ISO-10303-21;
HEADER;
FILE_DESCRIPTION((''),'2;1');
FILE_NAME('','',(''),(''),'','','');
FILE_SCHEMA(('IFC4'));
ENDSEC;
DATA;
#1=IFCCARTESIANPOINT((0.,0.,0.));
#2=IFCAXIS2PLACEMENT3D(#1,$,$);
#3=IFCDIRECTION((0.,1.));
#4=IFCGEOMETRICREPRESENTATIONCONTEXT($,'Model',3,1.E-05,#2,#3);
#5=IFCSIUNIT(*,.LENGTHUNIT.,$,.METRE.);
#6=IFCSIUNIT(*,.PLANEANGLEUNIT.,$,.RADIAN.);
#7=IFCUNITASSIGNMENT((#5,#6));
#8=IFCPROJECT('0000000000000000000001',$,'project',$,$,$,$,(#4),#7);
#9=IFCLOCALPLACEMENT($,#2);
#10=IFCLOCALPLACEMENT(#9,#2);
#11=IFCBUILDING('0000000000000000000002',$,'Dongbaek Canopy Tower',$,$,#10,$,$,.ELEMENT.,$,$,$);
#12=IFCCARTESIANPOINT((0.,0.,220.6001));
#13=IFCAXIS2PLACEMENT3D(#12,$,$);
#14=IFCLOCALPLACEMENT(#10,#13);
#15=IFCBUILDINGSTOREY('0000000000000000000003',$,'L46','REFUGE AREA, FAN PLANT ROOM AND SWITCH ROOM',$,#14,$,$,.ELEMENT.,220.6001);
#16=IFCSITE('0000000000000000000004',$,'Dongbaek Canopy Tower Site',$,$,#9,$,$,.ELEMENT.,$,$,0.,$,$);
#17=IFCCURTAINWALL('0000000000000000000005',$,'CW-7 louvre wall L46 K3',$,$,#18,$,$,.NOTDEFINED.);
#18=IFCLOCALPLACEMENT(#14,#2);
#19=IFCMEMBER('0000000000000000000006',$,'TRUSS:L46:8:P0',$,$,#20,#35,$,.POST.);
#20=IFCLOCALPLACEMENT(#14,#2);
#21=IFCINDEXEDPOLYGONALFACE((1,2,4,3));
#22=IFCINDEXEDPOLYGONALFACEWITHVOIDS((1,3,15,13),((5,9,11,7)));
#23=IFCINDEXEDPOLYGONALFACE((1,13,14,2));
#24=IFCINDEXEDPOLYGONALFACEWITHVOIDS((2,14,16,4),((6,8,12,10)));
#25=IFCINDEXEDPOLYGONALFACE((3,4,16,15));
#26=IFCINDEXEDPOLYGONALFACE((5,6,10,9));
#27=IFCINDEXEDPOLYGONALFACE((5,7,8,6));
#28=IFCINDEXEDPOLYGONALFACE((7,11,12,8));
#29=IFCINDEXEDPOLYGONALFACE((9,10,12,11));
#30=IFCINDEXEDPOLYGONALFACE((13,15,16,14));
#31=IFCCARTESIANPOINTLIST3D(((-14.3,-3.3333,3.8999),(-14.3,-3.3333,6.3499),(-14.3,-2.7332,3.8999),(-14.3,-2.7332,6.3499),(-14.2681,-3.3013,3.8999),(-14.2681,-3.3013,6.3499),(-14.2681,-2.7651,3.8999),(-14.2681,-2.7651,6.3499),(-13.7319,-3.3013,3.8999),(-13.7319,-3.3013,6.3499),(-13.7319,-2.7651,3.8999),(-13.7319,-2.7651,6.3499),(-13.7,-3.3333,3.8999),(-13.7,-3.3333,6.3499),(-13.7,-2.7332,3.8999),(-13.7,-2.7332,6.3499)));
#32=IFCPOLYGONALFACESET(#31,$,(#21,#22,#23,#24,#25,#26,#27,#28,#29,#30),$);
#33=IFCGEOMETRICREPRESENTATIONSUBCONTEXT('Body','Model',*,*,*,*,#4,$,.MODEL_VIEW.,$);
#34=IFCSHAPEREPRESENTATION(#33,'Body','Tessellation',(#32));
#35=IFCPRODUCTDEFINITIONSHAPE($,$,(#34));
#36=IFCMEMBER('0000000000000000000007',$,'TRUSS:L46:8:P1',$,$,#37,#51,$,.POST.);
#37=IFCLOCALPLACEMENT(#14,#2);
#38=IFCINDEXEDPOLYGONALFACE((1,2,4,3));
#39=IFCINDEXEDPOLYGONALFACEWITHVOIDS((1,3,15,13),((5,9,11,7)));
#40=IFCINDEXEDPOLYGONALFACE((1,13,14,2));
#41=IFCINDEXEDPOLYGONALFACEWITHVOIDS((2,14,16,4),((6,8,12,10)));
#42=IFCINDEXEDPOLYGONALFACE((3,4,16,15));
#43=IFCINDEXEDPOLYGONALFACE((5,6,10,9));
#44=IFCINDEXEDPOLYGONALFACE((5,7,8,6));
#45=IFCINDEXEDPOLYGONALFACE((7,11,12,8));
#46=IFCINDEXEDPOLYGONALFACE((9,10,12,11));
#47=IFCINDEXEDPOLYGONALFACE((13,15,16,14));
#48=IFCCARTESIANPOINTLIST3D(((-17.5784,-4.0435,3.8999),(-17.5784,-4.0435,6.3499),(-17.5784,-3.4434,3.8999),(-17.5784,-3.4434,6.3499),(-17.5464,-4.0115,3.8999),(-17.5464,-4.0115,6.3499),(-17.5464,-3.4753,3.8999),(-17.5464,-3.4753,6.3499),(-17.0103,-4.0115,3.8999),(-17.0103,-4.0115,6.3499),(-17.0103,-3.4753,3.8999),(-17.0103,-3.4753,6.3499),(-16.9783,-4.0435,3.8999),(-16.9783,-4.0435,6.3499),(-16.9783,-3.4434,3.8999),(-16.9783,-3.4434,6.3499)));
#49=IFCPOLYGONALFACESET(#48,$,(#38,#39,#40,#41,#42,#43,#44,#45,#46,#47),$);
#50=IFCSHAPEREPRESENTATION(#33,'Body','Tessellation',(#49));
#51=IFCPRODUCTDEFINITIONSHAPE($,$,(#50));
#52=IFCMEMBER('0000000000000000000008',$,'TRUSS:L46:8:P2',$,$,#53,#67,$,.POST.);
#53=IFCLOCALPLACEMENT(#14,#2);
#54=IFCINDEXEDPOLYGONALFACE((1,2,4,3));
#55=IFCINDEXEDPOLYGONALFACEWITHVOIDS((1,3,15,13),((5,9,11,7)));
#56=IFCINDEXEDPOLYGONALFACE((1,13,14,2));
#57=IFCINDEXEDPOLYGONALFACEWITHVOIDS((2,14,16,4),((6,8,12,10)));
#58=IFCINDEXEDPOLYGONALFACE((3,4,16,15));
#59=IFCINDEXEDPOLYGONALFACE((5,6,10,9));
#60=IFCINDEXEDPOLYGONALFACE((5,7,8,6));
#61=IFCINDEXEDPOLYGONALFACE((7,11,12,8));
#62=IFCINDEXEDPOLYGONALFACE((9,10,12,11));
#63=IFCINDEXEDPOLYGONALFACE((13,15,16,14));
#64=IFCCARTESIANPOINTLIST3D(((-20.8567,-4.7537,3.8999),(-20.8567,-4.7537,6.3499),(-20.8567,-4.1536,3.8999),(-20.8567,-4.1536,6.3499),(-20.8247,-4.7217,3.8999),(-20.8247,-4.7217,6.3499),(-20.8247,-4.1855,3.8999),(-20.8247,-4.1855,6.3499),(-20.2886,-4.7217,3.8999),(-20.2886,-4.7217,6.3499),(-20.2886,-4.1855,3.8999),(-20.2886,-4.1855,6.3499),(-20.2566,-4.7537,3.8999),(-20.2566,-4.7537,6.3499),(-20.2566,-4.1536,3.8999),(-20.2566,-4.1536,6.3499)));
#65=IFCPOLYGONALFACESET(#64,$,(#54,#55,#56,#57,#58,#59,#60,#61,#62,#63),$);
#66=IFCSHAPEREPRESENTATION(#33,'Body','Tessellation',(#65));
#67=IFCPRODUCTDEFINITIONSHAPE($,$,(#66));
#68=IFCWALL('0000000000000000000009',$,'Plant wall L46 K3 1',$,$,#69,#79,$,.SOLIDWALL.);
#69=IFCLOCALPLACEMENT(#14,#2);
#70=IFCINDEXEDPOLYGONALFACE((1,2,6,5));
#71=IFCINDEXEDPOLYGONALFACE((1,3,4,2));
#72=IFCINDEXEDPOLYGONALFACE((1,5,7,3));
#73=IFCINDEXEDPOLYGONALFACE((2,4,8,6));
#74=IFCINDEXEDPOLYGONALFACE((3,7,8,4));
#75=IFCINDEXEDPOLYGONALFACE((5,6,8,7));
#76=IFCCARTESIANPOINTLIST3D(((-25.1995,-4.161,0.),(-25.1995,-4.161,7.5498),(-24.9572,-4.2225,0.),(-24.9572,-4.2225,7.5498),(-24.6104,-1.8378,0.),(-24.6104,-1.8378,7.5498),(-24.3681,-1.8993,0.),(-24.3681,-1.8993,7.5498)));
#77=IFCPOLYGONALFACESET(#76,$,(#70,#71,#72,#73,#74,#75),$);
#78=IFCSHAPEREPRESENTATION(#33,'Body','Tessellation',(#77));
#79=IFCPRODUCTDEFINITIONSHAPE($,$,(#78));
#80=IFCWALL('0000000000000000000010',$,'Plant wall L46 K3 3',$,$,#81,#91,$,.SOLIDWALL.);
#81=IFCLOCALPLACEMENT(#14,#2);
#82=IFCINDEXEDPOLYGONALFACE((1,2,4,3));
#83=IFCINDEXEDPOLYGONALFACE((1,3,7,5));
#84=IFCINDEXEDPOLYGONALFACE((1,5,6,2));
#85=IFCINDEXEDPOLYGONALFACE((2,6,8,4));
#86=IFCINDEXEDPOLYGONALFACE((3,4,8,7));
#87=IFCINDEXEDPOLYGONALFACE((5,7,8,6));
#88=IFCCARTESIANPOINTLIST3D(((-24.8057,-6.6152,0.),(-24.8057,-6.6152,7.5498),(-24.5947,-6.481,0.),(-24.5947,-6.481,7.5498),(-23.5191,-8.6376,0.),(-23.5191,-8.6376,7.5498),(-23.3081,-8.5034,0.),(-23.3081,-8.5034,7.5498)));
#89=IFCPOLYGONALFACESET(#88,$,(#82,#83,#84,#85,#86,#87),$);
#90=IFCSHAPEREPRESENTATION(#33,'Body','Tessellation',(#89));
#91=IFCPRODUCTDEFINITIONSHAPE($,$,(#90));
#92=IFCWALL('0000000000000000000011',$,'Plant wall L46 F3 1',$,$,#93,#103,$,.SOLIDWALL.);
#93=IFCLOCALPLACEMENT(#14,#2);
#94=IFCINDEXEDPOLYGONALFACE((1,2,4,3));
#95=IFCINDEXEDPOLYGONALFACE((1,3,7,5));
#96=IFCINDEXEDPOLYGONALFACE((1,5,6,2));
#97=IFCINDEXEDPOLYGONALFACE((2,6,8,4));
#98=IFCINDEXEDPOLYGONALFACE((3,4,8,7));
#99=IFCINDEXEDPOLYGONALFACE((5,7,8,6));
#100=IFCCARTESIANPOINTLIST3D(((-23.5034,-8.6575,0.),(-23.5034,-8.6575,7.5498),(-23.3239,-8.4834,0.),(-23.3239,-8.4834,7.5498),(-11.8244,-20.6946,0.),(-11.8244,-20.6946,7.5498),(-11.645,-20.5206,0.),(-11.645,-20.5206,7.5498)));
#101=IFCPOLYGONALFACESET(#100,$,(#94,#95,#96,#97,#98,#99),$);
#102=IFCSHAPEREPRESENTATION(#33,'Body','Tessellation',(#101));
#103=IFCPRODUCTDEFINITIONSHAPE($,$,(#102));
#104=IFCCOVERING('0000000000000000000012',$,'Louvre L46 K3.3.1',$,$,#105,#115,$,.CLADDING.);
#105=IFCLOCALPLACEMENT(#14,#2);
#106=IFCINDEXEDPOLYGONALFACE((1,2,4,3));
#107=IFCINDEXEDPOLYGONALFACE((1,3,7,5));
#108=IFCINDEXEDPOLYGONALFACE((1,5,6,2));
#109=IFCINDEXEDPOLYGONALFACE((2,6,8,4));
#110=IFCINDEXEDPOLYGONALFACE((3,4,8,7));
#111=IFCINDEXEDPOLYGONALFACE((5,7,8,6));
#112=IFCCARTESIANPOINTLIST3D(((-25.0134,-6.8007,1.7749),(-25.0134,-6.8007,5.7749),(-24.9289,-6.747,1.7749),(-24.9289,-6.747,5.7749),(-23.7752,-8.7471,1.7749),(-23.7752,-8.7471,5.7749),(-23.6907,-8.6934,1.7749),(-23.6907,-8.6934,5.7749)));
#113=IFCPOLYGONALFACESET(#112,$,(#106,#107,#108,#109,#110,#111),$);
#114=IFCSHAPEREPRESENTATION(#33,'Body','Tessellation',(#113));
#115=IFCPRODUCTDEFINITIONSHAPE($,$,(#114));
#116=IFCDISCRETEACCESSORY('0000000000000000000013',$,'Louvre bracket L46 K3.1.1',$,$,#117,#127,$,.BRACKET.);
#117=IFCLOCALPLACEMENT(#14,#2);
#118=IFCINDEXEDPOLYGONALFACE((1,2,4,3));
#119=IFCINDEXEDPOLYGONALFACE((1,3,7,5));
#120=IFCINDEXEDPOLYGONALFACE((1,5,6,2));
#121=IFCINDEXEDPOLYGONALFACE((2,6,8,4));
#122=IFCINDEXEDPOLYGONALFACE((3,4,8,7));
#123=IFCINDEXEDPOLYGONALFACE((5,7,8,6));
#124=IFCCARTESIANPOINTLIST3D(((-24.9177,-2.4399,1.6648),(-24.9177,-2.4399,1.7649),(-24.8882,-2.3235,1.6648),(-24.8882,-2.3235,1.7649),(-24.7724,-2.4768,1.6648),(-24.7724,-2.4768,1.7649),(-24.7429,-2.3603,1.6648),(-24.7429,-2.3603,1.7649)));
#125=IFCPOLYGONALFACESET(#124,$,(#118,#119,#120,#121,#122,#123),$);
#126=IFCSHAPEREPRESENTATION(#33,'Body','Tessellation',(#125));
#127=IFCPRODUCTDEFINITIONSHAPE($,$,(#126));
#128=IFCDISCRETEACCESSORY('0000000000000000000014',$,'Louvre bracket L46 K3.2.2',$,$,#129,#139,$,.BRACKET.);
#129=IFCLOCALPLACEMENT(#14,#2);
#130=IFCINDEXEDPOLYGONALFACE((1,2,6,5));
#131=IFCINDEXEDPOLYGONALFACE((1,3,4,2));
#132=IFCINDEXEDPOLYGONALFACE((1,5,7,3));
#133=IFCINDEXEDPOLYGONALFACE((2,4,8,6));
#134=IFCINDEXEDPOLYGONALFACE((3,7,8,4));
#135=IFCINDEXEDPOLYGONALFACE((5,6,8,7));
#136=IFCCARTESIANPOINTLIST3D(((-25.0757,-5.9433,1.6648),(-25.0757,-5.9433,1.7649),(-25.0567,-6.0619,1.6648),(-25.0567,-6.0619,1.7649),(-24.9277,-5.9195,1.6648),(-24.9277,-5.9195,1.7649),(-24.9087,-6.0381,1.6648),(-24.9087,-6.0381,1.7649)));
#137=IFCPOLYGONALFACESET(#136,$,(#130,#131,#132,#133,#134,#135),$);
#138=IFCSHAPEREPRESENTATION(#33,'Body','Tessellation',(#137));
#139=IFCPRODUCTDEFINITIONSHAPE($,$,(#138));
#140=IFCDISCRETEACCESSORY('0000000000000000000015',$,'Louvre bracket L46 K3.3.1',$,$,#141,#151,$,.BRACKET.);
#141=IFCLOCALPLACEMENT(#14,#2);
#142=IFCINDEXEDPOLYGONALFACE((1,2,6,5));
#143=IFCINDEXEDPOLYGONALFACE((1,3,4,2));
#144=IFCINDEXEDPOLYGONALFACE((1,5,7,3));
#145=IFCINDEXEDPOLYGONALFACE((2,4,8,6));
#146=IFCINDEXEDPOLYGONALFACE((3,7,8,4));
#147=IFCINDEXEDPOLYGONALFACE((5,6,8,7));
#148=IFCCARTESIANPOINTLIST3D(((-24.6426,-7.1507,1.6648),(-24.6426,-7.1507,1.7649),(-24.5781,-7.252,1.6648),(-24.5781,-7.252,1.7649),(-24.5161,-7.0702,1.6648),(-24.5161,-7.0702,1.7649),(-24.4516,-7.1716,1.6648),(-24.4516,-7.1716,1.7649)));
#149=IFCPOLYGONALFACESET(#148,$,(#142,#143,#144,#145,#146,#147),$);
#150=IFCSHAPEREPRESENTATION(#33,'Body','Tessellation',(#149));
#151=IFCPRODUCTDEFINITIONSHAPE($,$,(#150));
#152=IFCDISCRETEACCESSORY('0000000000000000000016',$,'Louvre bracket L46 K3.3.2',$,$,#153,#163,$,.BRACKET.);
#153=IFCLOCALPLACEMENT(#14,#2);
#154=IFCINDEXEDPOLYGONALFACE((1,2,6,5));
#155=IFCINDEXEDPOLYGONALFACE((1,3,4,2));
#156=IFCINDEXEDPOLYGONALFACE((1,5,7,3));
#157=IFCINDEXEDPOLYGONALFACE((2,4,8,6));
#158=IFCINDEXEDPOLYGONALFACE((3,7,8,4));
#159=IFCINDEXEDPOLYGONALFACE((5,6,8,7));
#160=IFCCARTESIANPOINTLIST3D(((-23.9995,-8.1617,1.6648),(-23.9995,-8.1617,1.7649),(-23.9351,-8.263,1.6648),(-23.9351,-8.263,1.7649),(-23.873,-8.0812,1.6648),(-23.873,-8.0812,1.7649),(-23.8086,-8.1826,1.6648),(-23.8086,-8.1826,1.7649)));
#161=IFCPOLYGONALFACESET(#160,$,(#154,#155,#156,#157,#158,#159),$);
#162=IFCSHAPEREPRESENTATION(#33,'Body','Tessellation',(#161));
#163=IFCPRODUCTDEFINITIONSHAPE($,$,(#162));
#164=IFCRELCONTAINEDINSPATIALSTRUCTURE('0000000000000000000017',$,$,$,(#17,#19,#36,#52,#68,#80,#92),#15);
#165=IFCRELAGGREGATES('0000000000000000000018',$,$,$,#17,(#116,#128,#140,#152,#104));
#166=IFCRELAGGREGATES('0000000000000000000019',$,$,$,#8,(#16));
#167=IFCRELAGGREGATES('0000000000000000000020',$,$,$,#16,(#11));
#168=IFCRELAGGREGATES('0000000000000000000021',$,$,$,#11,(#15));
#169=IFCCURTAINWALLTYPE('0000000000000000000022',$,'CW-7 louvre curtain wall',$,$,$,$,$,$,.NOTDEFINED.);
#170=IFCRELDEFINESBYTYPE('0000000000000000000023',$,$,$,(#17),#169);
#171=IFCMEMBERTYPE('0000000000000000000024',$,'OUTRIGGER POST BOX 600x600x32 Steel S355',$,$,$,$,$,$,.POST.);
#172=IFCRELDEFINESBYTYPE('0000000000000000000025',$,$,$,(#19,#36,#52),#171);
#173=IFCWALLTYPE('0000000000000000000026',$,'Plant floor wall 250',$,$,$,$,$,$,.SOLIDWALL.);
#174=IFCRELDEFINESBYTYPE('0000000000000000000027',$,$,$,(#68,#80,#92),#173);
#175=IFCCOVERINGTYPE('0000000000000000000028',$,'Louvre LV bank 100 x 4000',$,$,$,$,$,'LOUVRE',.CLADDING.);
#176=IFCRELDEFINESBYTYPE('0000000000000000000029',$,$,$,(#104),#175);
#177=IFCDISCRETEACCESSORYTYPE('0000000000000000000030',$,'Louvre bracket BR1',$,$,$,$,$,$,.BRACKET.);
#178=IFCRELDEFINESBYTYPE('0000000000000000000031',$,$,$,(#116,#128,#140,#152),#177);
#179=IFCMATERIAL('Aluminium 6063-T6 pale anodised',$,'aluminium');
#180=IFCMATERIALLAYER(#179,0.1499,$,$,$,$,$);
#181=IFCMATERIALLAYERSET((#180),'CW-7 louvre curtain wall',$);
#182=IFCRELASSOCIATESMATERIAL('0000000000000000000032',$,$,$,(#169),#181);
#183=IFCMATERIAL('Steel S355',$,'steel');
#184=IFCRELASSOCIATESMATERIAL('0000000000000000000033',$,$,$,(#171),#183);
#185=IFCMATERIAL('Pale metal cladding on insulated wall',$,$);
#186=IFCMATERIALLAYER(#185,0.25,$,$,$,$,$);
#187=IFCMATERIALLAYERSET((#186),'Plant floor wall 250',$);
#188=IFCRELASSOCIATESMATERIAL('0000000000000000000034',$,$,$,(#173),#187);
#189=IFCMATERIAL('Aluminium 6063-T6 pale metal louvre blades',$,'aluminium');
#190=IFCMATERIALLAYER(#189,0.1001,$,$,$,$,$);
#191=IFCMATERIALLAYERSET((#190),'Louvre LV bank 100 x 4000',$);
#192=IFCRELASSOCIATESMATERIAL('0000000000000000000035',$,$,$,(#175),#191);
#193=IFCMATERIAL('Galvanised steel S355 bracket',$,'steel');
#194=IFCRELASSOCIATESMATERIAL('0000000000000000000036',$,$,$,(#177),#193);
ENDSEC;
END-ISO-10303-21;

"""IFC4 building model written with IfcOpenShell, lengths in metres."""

from ifc_helpers import new_model, si_unit, direction, frame, frame_2d, origin, origin_2d, place, context, subcontext, project, spatial, rectangle, hollow_rectangle, extrude, material, layer, layer_set, material_profile, profile_set, type_object, element, aggregate, save


model = new_model("IFC4")

# Units and contexts
model_context = context("Model", 3, precision=1e-05, world=origin(), true_north=direction((0.0, 1.0)))
body_context = subcontext(model_context, "Body", "Model", "MODEL_VIEW")
ifc_project = project(units=[si_unit("LENGTHUNIT", "METRE"), si_unit("PLANEANGLEUNIT", "RADIAN")], contexts=[model_context])

# Site, building, storey
site_placement = place(None, origin())
site = spatial("IfcSite", under=ifc_project, at=site_placement, Name="Dongbaek Canopy Tower Site", CompositionType="ELEMENT", RefElevation=0.0)
building_placement = place(site_placement, origin())
building = spatial("IfcBuilding", under=site, at=building_placement, Name="Dongbaek Canopy Tower", CompositionType="ELEMENT")
storey_placement = place(building_placement, frame((0.0, 0.0, 220.6001)))
storey = spatial("IfcBuildingStorey", under=building, at=storey_placement, Name="L46", Description="REFUGE AREA, FAN PLANT ROOM AND SWITCH ROOM", CompositionType="ELEMENT", Elevation=220.6001)

# Shared definitions
ifc_material_1 = material(Name="Aluminium 6063-T6 pale anodised", Category="aluminium")
ifc_layer_1 = layer(ifc_material_1, 0.1499)
ifc_layer_set_1 = layer_set([ifc_layer_1], Name="CW-7 louvre curtain wall")
curtain_wall_type = type_object("IfcCurtainWallType", Name="CW-7 louvre curtain wall", PredefinedType="NOTDEFINED", material=ifc_layer_set_1)

# Curtain wall
curtain_wall_1_placement = place(storey_placement, origin())
curtain_wall_1 = element("IfcCurtainWall", 1, at=curtain_wall_1_placement, inside=storey, type_object=curtain_wall_type, Name="CW-7 louvre wall L46 K3", PredefinedType="NOTDEFINED")

# Members
ifc_material_2 = material(Name="Steel S355", Category="steel")
ifc_material_profile_1 = material_profile(ifc_material_2, hollow_rectangle(XDim=0.6001, YDim=0.6001, WallThickness=0.032, at=origin_2d()), Name="OUTRIGGER POST BOX 600x600x32 Steel S355")
ifc_profile_set_1 = profile_set([ifc_material_profile_1], Name="Steel S355")
member_type_1 = type_object("IfcMemberType", Name="OUTRIGGER POST BOX 600x600x32 Steel S355", PredefinedType="POST", material=ifc_profile_set_1)
for number, where, z_axis, x_axis, name in (
    (2, (-14.0, -3.0332, 3.8999), (0.0, 0.0, 1.0), (1.0, 0.0, 0.0), "TRUSS:L46:8:P0"),
    (3, (-17.2783, -3.7434, 3.8999), (0.0, 0.0, 1.0), (1.0, 0.0, 0.0), "TRUSS:L46:8:P1"),
    (4, (-20.5566, -4.4536, 3.8999), (0.0, 0.0, 1.0), (1.0, 0.0, 0.0), "TRUSS:L46:8:P2"),
):
    element("IfcMember", number, at=place(storey_placement, frame(where, z_axis=z_axis, x_axis=x_axis)), inside=storey, type_object=member_type_1, Name=name, PredefinedType="POST", context=body_context, shape_type="SweptSolid", body=[
        extrude(hollow_rectangle(XDim=0.6001, YDim=0.6001, WallThickness=0.032, at=origin_2d()), origin(), (0.0, 0.0, 1.0), 2.45),
    ])

# Walls
ifc_material_3 = material(Name="Pale metal cladding on insulated wall")
ifc_layer_2 = layer(ifc_material_3, 0.25)
ifc_layer_set_2 = layer_set([ifc_layer_2], Name="Plant floor wall 250")
wall_type = type_object("IfcWallType", Name="Plant floor wall 250", PredefinedType="SOLIDWALL", material=ifc_layer_set_2)
wall_1_placement = place(storey_placement, frame((-24.4893, -1.8687, 0.0), z_axis=(0.0, 0.0, 1.0), x_axis=(-0.245794, -0.969322, 0.0)))
element("IfcWall", 5, at=wall_1_placement, inside=storey, type_object=wall_type, Name="Plant wall L46 K3 1", PredefinedType="SOLIDWALL", context=body_context, shape_type="SweptSolid", body=[
    extrude(rectangle(XDim=2.3967, YDim=0.25, at=frame_2d((1.1982, 0.0))), origin(), (0.0, 0.0, 1.0), 7.5498),
])
wall_2_placement = place(storey_placement, frame((-24.7002, -6.5481, 0.0), z_axis=(0.0, 0.0, 1.0), x_axis=(0.536757, -0.843737, 0.0)))
element("IfcWall", 6, at=wall_2_placement, inside=storey, type_object=wall_type, Name="Plant wall L46 K3 3", PredefinedType="SOLIDWALL", context=body_context, shape_type="SweptSolid", body=[
    extrude(rectangle(XDim=2.397, YDim=0.25, at=frame_2d((1.1985, 0.0))), origin(), (0.0, 0.0, 1.0), 7.5498),
])
wall_3_placement = place(storey_placement, frame((-23.4136, -8.5706, 0.0), z_axis=(0.0, 0.0, 1.0), x_axis=(0.696349, -0.717704, 0.0)))
element("IfcWall", 7, at=wall_3_placement, inside=storey, type_object=wall_type, Name="Plant wall L46 F3 1", PredefinedType="SOLIDWALL", context=body_context, shape_type="SweptSolid", body=[
    extrude(rectangle(XDim=16.7717, YDim=0.25, at=frame_2d((8.3857, 0.0))), origin(), (0.0, 0.0, 1.0), 7.5498),
])

# Covering
ifc_material_4 = material(Name="Aluminium 6063-T6 pale metal louvre blades", Category="aluminium")
ifc_layer_3 = layer(ifc_material_4, 0.1001)
ifc_layer_set_3 = layer_set([ifc_layer_3], Name="Louvre LV bank 100 x 4000")
covering_type = type_object("IfcCoveringType", Name="Louvre LV bank 100 x 4000", ElementType="LOUVRE", PredefinedType="CLADDING", material=ifc_layer_set_3)
covering_placement = place(storey_placement, frame((-24.3521, -7.7471, 1.7749), z_axis=(0.0, 0.0, 1.0), x_axis=(0.536746, -0.843744, 0.0)))
covering = element("IfcCovering", 8, at=covering_placement, type_object=covering_type, Name="Louvre L46 K3.3.1", PredefinedType="CLADDING", context=body_context, shape_type="SweptSolid", body=[
    extrude(rectangle(XDim=2.3069, YDim=0.1001, at=origin_2d()), origin(), (0.0, 0.0, 1.0), 4.0),
])

# Discrete accessories
ifc_material_5 = material(Name="Galvanised steel S355 bracket", Category="steel")
discrete_accessory_type = type_object("IfcDiscreteAccessoryType", Name="Louvre bracket BR1", PredefinedType="BRACKET", material=ifc_material_5)
discrete_accessory_1_placement = place(storey_placement, frame((-24.8303, -2.4001, 1.6648), z_axis=(0.0, 0.0, 1.0), x_axis=(-0.245743, -0.969335, 0.0)))
discrete_accessory_1 = element("IfcDiscreteAccessory", 9, at=discrete_accessory_1_placement, type_object=discrete_accessory_type, Name="Louvre bracket L46 K3.1.1", PredefinedType="BRACKET", context=body_context, shape_type="SweptSolid", body=[
    extrude(rectangle(XDim=0.1201, YDim=0.1499, at=origin_2d()), origin(), (0.0, 0.0, 1.0), 0.1001),
])
discrete_accessory_2_placement = place(storey_placement, frame((-24.9922, -5.9907, 1.6648), z_axis=(0.0, 0.0, 1.0), x_axis=(0.158474, -0.987363, 0.0)))
discrete_accessory_2 = element("IfcDiscreteAccessory", 10, at=discrete_accessory_2_placement, type_object=discrete_accessory_type, Name="Louvre bracket L46 K3.2.2", PredefinedType="BRACKET", context=body_context, shape_type="SweptSolid", body=[
    extrude(rectangle(XDim=0.1201, YDim=0.1499, at=origin_2d()), origin(), (0.0, 0.0, 1.0), 0.1001),
])
discrete_accessory_3_placement = place(storey_placement, frame((-24.5471, -7.1611, 1.6648), z_axis=(0.0, 0.0, 1.0), x_axis=(0.536746, -0.843744, 0.0)))
discrete_accessory_3 = element("IfcDiscreteAccessory", 11, at=discrete_accessory_3_placement, type_object=discrete_accessory_type, Name="Louvre bracket L46 K3.3.1", PredefinedType="BRACKET", context=body_context, shape_type="SweptSolid", body=[
    extrude(rectangle(XDim=0.1201, YDim=0.1499, at=origin_2d()), origin(), (0.0, 0.0, 1.0), 0.1001),
])
discrete_accessory_4_placement = place(storey_placement, frame((-23.9041, -8.1721, 1.6648), z_axis=(0.0, 0.0, 1.0), x_axis=(0.536746, -0.843744, 0.0)))
discrete_accessory_4 = element("IfcDiscreteAccessory", 12, at=discrete_accessory_4_placement, type_object=discrete_accessory_type, Name="Louvre bracket L46 K3.3.2", PredefinedType="BRACKET", context=body_context, shape_type="SweptSolid", body=[
    extrude(rectangle(XDim=0.1201, YDim=0.1499, at=origin_2d()), origin(), (0.0, 0.0, 1.0), 0.1001),
])
aggregate(curtain_wall_1, [discrete_accessory_1, discrete_accessory_2, discrete_accessory_3, discrete_accessory_4, covering])

save(model, "model.ifc")
